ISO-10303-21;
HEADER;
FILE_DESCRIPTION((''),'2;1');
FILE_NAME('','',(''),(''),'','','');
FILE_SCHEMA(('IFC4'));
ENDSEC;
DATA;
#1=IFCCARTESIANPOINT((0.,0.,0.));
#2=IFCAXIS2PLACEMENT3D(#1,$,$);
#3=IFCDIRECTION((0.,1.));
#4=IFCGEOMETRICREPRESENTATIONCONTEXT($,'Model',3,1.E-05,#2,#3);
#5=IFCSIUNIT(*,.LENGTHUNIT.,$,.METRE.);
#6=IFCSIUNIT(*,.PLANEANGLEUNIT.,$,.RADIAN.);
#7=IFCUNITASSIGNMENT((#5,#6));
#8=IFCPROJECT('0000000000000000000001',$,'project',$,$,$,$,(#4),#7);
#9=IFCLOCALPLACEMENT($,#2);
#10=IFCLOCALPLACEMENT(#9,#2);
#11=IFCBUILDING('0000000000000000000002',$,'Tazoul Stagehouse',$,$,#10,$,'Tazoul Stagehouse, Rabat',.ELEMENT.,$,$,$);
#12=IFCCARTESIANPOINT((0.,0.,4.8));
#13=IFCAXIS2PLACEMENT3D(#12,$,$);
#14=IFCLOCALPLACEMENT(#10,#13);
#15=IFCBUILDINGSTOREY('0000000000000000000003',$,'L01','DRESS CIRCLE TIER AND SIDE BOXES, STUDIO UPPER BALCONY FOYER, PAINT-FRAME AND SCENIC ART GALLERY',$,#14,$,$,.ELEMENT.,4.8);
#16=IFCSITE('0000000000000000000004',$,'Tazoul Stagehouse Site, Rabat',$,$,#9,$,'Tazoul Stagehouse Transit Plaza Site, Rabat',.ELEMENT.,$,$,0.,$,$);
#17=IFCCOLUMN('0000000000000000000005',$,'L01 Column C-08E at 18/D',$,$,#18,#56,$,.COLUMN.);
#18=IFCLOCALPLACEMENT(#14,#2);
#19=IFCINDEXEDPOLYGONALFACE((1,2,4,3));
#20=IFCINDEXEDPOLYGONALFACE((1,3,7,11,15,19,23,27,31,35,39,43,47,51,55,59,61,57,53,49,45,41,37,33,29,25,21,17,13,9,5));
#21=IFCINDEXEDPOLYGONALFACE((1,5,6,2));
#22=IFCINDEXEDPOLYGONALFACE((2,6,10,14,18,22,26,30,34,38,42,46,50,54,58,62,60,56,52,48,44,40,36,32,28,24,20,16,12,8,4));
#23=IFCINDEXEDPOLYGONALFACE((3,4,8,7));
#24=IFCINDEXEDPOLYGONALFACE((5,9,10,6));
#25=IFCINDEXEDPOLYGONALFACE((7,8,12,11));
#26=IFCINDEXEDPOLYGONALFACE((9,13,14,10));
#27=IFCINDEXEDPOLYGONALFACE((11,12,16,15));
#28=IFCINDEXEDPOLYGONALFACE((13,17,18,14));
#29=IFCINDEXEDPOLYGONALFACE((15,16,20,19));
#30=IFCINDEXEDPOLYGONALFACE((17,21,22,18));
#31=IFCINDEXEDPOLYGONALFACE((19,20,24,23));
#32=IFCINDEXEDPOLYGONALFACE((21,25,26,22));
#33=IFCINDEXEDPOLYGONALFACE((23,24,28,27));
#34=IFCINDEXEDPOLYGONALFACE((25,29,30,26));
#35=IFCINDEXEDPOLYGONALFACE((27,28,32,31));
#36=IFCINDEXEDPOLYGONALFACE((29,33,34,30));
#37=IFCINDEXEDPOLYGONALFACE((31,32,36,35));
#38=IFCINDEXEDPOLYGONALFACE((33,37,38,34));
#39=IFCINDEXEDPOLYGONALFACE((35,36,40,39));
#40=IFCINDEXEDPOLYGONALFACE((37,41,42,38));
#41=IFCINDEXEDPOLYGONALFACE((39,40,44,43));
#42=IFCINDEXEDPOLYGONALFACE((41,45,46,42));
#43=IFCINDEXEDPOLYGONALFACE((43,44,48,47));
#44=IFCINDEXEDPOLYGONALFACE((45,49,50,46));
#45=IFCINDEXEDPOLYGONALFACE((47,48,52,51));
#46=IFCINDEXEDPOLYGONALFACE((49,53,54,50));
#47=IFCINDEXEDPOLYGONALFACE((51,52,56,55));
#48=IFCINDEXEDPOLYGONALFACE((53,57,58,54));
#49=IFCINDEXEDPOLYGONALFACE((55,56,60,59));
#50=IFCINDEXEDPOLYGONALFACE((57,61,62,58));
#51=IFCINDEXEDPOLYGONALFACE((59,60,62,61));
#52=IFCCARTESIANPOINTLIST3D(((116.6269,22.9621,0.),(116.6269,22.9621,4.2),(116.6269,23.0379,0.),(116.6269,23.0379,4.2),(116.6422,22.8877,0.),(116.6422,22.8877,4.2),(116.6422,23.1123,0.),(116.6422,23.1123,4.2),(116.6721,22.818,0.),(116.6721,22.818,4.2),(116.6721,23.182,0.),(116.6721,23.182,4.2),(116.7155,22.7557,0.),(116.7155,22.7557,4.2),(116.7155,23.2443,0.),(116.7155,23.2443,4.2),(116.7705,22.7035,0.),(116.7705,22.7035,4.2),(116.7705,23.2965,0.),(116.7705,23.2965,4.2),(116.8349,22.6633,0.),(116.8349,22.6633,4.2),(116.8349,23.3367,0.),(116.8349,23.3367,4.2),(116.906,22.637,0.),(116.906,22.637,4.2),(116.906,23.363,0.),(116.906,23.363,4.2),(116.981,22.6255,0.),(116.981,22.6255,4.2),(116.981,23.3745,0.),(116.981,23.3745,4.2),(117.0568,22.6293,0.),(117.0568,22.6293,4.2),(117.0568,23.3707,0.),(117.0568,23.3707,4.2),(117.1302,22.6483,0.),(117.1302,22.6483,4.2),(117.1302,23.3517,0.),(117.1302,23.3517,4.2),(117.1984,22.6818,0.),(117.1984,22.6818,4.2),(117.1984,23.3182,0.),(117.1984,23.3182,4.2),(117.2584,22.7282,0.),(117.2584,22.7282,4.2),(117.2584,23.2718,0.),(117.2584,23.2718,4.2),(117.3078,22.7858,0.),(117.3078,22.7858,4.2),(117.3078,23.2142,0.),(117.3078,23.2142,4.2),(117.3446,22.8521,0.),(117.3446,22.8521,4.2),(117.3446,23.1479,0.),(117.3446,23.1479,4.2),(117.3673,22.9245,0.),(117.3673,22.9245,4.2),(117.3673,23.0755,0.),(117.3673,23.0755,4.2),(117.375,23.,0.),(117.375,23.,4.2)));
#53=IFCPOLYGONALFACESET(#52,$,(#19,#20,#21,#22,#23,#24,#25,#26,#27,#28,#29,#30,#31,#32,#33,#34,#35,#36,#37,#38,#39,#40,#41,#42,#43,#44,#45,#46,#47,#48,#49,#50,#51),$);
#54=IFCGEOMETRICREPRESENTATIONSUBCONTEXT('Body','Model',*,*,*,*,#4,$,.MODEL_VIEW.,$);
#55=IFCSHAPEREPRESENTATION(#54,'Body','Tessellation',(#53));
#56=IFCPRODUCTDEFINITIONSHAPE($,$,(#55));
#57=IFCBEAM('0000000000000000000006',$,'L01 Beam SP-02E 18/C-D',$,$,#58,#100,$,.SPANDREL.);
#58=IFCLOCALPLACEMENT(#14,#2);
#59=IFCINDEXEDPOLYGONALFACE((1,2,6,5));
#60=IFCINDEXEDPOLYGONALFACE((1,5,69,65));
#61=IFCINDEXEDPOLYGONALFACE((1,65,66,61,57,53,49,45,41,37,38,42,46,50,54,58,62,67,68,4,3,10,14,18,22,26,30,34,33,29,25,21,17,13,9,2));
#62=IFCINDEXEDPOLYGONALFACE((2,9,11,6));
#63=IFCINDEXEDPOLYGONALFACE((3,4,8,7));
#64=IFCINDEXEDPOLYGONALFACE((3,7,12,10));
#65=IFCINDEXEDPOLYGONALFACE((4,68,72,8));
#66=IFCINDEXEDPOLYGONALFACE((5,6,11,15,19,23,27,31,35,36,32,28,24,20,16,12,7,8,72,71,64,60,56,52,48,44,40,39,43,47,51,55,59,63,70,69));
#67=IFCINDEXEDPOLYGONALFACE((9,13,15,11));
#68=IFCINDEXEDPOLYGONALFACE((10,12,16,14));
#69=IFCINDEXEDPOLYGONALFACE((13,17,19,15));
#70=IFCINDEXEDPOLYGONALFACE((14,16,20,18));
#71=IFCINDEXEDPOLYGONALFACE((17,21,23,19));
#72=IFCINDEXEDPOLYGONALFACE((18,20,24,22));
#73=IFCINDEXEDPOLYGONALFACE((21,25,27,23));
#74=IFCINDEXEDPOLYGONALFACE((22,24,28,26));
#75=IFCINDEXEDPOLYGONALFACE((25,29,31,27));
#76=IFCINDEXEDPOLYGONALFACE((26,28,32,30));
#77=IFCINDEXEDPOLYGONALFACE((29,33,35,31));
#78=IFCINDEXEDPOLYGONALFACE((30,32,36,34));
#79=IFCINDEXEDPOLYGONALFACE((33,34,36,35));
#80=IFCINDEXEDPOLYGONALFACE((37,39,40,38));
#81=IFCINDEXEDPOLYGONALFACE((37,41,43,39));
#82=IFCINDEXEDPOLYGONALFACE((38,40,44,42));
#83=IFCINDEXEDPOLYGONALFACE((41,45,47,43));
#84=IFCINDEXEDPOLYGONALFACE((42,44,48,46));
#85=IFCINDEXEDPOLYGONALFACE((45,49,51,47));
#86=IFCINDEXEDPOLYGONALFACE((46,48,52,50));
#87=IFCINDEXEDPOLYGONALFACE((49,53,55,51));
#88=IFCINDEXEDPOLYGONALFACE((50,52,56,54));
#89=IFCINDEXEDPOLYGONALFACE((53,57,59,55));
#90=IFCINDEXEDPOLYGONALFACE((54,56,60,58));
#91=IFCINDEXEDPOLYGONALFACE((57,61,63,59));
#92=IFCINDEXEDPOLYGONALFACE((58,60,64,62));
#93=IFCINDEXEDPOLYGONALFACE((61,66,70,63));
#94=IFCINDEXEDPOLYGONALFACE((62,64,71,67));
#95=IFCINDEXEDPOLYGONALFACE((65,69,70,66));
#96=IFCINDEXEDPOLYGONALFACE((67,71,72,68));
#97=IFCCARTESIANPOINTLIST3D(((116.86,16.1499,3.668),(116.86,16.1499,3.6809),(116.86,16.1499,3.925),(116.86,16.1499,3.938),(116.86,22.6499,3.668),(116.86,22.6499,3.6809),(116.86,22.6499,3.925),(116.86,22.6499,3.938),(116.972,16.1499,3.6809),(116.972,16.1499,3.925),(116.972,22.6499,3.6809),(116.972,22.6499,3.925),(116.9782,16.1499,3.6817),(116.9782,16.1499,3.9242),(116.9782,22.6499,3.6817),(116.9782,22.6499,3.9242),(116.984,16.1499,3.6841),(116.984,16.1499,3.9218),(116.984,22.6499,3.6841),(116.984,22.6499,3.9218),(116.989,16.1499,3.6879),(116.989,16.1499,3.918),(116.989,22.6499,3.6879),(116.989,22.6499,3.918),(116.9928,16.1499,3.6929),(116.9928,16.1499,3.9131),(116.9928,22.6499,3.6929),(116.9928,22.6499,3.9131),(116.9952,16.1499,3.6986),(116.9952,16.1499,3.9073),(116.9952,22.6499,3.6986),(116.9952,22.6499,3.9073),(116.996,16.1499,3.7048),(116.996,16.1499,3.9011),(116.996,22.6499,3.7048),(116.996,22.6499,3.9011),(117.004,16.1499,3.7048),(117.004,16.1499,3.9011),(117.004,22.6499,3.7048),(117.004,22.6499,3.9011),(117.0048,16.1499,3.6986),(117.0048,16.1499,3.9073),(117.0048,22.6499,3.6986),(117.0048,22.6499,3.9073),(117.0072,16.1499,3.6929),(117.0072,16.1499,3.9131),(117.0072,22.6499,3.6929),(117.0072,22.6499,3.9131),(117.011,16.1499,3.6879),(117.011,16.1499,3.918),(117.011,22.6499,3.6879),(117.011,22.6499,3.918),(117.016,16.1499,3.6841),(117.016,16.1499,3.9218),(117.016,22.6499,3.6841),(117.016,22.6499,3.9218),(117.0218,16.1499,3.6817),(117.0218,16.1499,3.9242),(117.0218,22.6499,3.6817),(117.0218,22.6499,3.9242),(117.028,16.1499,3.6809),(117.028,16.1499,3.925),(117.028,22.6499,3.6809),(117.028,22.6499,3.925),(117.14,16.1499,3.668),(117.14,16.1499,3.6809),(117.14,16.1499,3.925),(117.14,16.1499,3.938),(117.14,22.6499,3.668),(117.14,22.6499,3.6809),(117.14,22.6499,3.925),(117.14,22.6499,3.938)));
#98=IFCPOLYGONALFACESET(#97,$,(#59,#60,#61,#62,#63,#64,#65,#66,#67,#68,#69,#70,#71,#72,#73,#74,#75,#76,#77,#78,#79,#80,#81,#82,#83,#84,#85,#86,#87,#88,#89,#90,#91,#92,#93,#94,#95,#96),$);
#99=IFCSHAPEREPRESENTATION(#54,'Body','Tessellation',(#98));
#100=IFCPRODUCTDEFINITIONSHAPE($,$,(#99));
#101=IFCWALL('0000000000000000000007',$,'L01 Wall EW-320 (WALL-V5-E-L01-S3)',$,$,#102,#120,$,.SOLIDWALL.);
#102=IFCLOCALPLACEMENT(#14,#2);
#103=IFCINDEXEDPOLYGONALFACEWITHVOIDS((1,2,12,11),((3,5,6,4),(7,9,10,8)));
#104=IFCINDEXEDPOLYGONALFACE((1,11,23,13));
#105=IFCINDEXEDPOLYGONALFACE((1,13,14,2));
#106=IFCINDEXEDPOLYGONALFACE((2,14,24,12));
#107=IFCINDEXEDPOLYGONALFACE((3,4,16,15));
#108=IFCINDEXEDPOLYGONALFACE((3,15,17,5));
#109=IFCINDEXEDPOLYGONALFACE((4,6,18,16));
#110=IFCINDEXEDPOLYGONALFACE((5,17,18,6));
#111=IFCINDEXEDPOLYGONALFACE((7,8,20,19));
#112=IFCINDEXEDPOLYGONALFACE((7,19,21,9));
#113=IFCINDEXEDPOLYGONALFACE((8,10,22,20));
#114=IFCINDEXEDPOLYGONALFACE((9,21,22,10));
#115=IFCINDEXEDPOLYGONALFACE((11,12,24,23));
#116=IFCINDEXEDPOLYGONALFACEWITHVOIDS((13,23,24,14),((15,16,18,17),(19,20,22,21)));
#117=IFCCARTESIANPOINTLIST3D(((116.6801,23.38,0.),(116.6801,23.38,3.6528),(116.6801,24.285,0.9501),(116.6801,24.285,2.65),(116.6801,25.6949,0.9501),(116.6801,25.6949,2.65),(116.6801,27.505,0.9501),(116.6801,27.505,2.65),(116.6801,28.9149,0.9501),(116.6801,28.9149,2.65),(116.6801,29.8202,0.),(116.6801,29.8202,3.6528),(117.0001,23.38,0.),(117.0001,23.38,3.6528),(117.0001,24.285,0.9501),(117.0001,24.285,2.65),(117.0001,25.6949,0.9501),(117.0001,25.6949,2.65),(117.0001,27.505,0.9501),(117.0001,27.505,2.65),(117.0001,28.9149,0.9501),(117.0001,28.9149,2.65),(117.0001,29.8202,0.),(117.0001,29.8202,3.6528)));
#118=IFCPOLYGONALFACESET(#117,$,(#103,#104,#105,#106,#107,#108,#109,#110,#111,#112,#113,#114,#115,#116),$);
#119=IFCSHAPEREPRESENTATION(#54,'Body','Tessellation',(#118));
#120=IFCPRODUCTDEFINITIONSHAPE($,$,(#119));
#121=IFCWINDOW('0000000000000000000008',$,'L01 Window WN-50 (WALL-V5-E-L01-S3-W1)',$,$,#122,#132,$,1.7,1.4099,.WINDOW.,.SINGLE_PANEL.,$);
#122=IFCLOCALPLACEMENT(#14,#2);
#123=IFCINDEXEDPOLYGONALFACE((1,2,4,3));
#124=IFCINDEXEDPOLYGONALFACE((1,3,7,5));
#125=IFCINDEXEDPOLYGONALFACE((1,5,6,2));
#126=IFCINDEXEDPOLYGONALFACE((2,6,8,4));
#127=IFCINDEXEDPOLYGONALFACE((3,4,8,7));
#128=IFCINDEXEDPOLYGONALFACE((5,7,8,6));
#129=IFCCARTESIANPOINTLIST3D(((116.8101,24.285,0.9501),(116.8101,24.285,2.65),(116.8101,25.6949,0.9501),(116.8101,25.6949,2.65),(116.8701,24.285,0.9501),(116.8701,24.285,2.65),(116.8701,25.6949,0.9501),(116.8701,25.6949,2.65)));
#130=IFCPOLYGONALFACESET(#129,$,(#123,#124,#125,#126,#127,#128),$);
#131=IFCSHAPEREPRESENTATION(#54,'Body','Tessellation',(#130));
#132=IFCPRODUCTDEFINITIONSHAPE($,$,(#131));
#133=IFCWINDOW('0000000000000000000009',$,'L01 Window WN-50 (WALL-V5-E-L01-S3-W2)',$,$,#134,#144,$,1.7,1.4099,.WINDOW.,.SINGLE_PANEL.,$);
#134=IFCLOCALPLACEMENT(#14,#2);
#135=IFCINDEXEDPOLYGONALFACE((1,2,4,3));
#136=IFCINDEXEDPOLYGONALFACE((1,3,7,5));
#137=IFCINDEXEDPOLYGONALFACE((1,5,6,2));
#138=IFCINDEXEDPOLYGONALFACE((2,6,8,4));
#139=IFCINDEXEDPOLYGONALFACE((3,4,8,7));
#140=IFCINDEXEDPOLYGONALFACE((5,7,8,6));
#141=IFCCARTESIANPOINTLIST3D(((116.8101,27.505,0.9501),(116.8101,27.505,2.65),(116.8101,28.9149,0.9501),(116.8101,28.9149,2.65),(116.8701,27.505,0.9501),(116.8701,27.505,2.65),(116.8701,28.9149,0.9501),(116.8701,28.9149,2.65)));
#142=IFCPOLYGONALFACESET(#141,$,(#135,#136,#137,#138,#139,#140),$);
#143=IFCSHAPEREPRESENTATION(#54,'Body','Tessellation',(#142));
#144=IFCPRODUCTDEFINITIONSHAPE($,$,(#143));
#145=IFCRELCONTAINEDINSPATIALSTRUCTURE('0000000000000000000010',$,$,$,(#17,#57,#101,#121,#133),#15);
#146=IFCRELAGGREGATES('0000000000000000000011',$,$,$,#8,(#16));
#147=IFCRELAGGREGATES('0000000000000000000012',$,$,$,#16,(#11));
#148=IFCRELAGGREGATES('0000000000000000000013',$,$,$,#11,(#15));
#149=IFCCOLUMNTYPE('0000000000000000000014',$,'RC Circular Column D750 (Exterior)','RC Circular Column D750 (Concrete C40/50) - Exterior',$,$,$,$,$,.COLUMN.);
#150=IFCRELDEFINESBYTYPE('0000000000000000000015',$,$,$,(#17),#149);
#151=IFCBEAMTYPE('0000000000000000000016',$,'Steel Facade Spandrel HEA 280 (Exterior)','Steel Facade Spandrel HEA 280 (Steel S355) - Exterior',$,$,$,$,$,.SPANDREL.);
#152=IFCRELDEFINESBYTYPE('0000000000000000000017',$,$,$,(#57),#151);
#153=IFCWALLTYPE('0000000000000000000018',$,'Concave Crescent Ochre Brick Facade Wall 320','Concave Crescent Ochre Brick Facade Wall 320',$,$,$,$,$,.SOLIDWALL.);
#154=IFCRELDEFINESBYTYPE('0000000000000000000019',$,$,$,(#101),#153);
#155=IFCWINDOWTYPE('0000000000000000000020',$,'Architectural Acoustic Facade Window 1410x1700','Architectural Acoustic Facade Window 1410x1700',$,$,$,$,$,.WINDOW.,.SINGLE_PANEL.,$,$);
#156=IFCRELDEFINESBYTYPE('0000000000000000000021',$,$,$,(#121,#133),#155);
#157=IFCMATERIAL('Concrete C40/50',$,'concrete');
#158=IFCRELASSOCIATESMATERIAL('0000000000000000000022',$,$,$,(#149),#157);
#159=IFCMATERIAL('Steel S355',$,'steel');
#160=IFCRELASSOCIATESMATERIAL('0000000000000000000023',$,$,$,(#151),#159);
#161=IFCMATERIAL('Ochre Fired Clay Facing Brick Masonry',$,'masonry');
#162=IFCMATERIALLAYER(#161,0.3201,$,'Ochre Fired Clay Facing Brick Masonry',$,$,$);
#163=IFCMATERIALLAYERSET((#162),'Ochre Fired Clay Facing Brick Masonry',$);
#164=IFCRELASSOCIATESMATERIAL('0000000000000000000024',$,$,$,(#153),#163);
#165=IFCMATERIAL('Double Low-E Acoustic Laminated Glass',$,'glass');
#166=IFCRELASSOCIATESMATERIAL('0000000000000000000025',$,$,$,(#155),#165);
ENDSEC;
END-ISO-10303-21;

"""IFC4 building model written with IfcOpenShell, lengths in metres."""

from ifc_helpers import new_model, si_unit, direction, frame, frame_2d, origin, origin_2d, place, context, subcontext, project, spatial, rectangle, circle, i_section, extrude, material, layer, layer_set, material_profile, profile_set, type_object, element, fill, save


model = new_model("IFC4")

# Units and contexts
model_context = context("Model", 3, precision=1e-05, world=origin(), true_north=direction((0.0, 1.0)))
body_context = subcontext(model_context, "Body", "Model", "MODEL_VIEW")
ifc_project = project(units=[si_unit("LENGTHUNIT", "METRE"), si_unit("PLANEANGLEUNIT", "RADIAN")], contexts=[model_context])

# Site, building, storey
site_placement = place(None, origin())
site = spatial("IfcSite", under=ifc_project, at=site_placement, Name="Tazoul Stagehouse Site, Rabat", LongName="Tazoul Stagehouse Transit Plaza Site, Rabat", CompositionType="ELEMENT", RefElevation=0.0)
building_placement = place(site_placement, origin())
building = spatial("IfcBuilding", under=site, at=building_placement, Name="Tazoul Stagehouse", LongName="Tazoul Stagehouse, Rabat", CompositionType="ELEMENT")
storey_placement = place(building_placement, frame((0.0, 0.0, 4.8)))
storey = spatial("IfcBuildingStorey", under=building, at=storey_placement, Name="L01", Description="DRESS CIRCLE TIER AND SIDE BOXES, STUDIO UPPER BALCONY FOYER, PAINT-FRAME AND SCENIC ART GALLERY", CompositionType="ELEMENT", Elevation=4.8)

# Column
ifc_material_1 = material(Name="Concrete C40/50", Category="concrete")
ifc_material_profile_1 = material_profile(ifc_material_1, circle(Radius=0.375, at=origin_2d()), Name="RC D750")
ifc_profile_set_1 = profile_set([ifc_material_profile_1], Name="Concrete C40/50")
column_type = type_object("IfcColumnType", Name="RC Circular Column D750 (Exterior)", Description="RC Circular Column D750 (Concrete C40/50) - Exterior", PredefinedType="COLUMN", material=ifc_profile_set_1)
column_placement = place(storey_placement, frame((117.0, 23.0, 0.0), z_axis=(0.0, 0.0, 1.0), x_axis=(1.0, 0.0, 0.0)))
element("IfcColumn", 1, at=column_placement, inside=storey, type_object=column_type, Name="L01 Column C-08E at 18/D", PredefinedType="COLUMN", context=body_context, shape_type="SweptSolid", body=[
    extrude(circle(Radius=0.375, at=origin_2d()), origin(), (0.0, 0.0, 1.0), 4.2),
])

# Beam
ifc_material_2 = material(Name="Steel S355", Category="steel")
ifc_material_profile_2 = material_profile(ifc_material_2, i_section(OverallWidth=0.28, OverallDepth=0.27, WebThickness=0.0081, FlangeThickness=0.0129, FilletRadius=0.0239, at=origin_2d()), Name="HEA 280")
ifc_profile_set_2 = profile_set([ifc_material_profile_2], Name="Steel S355")
beam_type = type_object("IfcBeamType", Name="Steel Facade Spandrel HEA 280 (Exterior)", Description="Steel Facade Spandrel HEA 280 (Steel S355) - Exterior", PredefinedType="SPANDREL", material=ifc_profile_set_2)
beam_placement = place(storey_placement, frame((117.0, 16.1499, 3.803), z_axis=(0.0, 1.0, 0.0), x_axis=(-1.0, 0.0, 0.0)))
element("IfcBeam", 2, at=beam_placement, inside=storey, type_object=beam_type, Name="L01 Beam SP-02E 18/C-D", PredefinedType="SPANDREL", context=body_context, shape_type="SweptSolid", body=[
    extrude(i_section(OverallWidth=0.28, OverallDepth=0.27, WebThickness=0.0081, FlangeThickness=0.0129, FilletRadius=0.0239, at=origin_2d()), origin(), (0.0, 0.0, 1.0), 6.5),
])

# Wall, openings, windows
ifc_material_3 = material(Name="Ochre Fired Clay Facing Brick Masonry", Category="masonry")
ifc_layer = layer(ifc_material_3, 0.3201, Name="Ochre Fired Clay Facing Brick Masonry")
ifc_layer_set = layer_set([ifc_layer], Name="Ochre Fired Clay Facing Brick Masonry")
wall_type = type_object("IfcWallType", Name="Concave Crescent Ochre Brick Facade Wall 320", Description="Concave Crescent Ochre Brick Facade Wall 320", PredefinedType="SOLIDWALL", material=ifc_layer_set)
wall_placement = place(storey_placement, frame((116.8401, 23.3799, 0.0), z_axis=(0.0, 0.0, 1.0), x_axis=(0.0, 1.0, 0.0)))
wall = element("IfcWall", 3, at=wall_placement, inside=storey, type_object=wall_type, Name="L01 Wall EW-320 (WALL-V5-E-L01-S3)", PredefinedType="SOLIDWALL", context=body_context, shape_type="SweptSolid", body=[
    extrude(rectangle(XDim=6.4402, YDim=0.3201, at=frame_2d((3.2202, 0.0))), origin(), (0.0, 0.0, 1.0), 3.6528),
])
opening_1_placement = place(wall_placement, frame((0.905, 0.0, 0.95)))
opening_1 = element("IfcOpeningElement", 4, at=opening_1_placement, cuts=wall, PredefinedType="OPENING", context=body_context, shape_type="SweptSolid", body=[
    extrude(rectangle(XDim=1.4099, YDim=1.7, at=frame_2d((0.7051, 0.8501))), frame((0.0, 0.1799, 0.0), z_axis=(0.0, -1.0, 0.0), x_axis=(1.0, 0.0, 0.0)), (0.0, 0.0, 1.0), 0.3601),
])
opening_2_placement = place(wall_placement, frame((4.125, 0.0, 0.95)))
opening_2 = element("IfcOpeningElement", 5, at=opening_2_placement, cuts=wall, PredefinedType="OPENING", context=body_context, shape_type="SweptSolid", body=[
    extrude(rectangle(XDim=1.4099, YDim=1.7, at=frame_2d((0.7051, 0.8501))), frame((0.0, 0.1799, 0.0), z_axis=(0.0, -1.0, 0.0), x_axis=(1.0, 0.0, 0.0)), (0.0, 0.0, 1.0), 0.3601),
])
ifc_material_4 = material(Name="Double Low-E Acoustic Laminated Glass", Category="glass")
window_type = type_object("IfcWindowType", Name="Architectural Acoustic Facade Window 1410x1700", Description="Architectural Acoustic Facade Window 1410x1700", PartitioningType="SINGLE_PANEL", PredefinedType="WINDOW", material=ifc_material_4)
window_1_placement = place(opening_1_placement, origin())
window_1 = element("IfcWindow", 6, at=window_1_placement, inside=storey, type_object=window_type, Name="L01 Window WN-50 (WALL-V5-E-L01-S3-W1)", OverallHeight=1.7, OverallWidth=1.4099, PartitioningType="SINGLE_PANEL", PredefinedType="WINDOW", context=body_context, shape_type="SweptSolid", body=[
    extrude(rectangle(XDim=1.4099, YDim=1.7, at=frame_2d((0.7051, 0.8501))), frame((0.0, 0.03, 0.0), z_axis=(0.0, -1.0, 0.0), x_axis=(1.0, 0.0, 0.0)), (0.0, 0.0, 1.0), 0.0601),
])
fill(opening_1, window_1)
window_2_placement = place(opening_2_placement, origin())
window_2 = element("IfcWindow", 7, at=window_2_placement, inside=storey, type_object=window_type, Name="L01 Window WN-50 (WALL-V5-E-L01-S3-W2)", OverallHeight=1.7, OverallWidth=1.4099, PartitioningType="SINGLE_PANEL", PredefinedType="WINDOW", context=body_context, shape_type="SweptSolid", body=[
    extrude(rectangle(XDim=1.4099, YDim=1.7, at=frame_2d((0.7051, 0.8501))), frame((0.0, 0.03, 0.0), z_axis=(0.0, -1.0, 0.0), x_axis=(1.0, 0.0, 0.0)), (0.0, 0.0, 1.0), 0.0601),
])
fill(opening_2, window_2)

save(model, "model.ifc")
